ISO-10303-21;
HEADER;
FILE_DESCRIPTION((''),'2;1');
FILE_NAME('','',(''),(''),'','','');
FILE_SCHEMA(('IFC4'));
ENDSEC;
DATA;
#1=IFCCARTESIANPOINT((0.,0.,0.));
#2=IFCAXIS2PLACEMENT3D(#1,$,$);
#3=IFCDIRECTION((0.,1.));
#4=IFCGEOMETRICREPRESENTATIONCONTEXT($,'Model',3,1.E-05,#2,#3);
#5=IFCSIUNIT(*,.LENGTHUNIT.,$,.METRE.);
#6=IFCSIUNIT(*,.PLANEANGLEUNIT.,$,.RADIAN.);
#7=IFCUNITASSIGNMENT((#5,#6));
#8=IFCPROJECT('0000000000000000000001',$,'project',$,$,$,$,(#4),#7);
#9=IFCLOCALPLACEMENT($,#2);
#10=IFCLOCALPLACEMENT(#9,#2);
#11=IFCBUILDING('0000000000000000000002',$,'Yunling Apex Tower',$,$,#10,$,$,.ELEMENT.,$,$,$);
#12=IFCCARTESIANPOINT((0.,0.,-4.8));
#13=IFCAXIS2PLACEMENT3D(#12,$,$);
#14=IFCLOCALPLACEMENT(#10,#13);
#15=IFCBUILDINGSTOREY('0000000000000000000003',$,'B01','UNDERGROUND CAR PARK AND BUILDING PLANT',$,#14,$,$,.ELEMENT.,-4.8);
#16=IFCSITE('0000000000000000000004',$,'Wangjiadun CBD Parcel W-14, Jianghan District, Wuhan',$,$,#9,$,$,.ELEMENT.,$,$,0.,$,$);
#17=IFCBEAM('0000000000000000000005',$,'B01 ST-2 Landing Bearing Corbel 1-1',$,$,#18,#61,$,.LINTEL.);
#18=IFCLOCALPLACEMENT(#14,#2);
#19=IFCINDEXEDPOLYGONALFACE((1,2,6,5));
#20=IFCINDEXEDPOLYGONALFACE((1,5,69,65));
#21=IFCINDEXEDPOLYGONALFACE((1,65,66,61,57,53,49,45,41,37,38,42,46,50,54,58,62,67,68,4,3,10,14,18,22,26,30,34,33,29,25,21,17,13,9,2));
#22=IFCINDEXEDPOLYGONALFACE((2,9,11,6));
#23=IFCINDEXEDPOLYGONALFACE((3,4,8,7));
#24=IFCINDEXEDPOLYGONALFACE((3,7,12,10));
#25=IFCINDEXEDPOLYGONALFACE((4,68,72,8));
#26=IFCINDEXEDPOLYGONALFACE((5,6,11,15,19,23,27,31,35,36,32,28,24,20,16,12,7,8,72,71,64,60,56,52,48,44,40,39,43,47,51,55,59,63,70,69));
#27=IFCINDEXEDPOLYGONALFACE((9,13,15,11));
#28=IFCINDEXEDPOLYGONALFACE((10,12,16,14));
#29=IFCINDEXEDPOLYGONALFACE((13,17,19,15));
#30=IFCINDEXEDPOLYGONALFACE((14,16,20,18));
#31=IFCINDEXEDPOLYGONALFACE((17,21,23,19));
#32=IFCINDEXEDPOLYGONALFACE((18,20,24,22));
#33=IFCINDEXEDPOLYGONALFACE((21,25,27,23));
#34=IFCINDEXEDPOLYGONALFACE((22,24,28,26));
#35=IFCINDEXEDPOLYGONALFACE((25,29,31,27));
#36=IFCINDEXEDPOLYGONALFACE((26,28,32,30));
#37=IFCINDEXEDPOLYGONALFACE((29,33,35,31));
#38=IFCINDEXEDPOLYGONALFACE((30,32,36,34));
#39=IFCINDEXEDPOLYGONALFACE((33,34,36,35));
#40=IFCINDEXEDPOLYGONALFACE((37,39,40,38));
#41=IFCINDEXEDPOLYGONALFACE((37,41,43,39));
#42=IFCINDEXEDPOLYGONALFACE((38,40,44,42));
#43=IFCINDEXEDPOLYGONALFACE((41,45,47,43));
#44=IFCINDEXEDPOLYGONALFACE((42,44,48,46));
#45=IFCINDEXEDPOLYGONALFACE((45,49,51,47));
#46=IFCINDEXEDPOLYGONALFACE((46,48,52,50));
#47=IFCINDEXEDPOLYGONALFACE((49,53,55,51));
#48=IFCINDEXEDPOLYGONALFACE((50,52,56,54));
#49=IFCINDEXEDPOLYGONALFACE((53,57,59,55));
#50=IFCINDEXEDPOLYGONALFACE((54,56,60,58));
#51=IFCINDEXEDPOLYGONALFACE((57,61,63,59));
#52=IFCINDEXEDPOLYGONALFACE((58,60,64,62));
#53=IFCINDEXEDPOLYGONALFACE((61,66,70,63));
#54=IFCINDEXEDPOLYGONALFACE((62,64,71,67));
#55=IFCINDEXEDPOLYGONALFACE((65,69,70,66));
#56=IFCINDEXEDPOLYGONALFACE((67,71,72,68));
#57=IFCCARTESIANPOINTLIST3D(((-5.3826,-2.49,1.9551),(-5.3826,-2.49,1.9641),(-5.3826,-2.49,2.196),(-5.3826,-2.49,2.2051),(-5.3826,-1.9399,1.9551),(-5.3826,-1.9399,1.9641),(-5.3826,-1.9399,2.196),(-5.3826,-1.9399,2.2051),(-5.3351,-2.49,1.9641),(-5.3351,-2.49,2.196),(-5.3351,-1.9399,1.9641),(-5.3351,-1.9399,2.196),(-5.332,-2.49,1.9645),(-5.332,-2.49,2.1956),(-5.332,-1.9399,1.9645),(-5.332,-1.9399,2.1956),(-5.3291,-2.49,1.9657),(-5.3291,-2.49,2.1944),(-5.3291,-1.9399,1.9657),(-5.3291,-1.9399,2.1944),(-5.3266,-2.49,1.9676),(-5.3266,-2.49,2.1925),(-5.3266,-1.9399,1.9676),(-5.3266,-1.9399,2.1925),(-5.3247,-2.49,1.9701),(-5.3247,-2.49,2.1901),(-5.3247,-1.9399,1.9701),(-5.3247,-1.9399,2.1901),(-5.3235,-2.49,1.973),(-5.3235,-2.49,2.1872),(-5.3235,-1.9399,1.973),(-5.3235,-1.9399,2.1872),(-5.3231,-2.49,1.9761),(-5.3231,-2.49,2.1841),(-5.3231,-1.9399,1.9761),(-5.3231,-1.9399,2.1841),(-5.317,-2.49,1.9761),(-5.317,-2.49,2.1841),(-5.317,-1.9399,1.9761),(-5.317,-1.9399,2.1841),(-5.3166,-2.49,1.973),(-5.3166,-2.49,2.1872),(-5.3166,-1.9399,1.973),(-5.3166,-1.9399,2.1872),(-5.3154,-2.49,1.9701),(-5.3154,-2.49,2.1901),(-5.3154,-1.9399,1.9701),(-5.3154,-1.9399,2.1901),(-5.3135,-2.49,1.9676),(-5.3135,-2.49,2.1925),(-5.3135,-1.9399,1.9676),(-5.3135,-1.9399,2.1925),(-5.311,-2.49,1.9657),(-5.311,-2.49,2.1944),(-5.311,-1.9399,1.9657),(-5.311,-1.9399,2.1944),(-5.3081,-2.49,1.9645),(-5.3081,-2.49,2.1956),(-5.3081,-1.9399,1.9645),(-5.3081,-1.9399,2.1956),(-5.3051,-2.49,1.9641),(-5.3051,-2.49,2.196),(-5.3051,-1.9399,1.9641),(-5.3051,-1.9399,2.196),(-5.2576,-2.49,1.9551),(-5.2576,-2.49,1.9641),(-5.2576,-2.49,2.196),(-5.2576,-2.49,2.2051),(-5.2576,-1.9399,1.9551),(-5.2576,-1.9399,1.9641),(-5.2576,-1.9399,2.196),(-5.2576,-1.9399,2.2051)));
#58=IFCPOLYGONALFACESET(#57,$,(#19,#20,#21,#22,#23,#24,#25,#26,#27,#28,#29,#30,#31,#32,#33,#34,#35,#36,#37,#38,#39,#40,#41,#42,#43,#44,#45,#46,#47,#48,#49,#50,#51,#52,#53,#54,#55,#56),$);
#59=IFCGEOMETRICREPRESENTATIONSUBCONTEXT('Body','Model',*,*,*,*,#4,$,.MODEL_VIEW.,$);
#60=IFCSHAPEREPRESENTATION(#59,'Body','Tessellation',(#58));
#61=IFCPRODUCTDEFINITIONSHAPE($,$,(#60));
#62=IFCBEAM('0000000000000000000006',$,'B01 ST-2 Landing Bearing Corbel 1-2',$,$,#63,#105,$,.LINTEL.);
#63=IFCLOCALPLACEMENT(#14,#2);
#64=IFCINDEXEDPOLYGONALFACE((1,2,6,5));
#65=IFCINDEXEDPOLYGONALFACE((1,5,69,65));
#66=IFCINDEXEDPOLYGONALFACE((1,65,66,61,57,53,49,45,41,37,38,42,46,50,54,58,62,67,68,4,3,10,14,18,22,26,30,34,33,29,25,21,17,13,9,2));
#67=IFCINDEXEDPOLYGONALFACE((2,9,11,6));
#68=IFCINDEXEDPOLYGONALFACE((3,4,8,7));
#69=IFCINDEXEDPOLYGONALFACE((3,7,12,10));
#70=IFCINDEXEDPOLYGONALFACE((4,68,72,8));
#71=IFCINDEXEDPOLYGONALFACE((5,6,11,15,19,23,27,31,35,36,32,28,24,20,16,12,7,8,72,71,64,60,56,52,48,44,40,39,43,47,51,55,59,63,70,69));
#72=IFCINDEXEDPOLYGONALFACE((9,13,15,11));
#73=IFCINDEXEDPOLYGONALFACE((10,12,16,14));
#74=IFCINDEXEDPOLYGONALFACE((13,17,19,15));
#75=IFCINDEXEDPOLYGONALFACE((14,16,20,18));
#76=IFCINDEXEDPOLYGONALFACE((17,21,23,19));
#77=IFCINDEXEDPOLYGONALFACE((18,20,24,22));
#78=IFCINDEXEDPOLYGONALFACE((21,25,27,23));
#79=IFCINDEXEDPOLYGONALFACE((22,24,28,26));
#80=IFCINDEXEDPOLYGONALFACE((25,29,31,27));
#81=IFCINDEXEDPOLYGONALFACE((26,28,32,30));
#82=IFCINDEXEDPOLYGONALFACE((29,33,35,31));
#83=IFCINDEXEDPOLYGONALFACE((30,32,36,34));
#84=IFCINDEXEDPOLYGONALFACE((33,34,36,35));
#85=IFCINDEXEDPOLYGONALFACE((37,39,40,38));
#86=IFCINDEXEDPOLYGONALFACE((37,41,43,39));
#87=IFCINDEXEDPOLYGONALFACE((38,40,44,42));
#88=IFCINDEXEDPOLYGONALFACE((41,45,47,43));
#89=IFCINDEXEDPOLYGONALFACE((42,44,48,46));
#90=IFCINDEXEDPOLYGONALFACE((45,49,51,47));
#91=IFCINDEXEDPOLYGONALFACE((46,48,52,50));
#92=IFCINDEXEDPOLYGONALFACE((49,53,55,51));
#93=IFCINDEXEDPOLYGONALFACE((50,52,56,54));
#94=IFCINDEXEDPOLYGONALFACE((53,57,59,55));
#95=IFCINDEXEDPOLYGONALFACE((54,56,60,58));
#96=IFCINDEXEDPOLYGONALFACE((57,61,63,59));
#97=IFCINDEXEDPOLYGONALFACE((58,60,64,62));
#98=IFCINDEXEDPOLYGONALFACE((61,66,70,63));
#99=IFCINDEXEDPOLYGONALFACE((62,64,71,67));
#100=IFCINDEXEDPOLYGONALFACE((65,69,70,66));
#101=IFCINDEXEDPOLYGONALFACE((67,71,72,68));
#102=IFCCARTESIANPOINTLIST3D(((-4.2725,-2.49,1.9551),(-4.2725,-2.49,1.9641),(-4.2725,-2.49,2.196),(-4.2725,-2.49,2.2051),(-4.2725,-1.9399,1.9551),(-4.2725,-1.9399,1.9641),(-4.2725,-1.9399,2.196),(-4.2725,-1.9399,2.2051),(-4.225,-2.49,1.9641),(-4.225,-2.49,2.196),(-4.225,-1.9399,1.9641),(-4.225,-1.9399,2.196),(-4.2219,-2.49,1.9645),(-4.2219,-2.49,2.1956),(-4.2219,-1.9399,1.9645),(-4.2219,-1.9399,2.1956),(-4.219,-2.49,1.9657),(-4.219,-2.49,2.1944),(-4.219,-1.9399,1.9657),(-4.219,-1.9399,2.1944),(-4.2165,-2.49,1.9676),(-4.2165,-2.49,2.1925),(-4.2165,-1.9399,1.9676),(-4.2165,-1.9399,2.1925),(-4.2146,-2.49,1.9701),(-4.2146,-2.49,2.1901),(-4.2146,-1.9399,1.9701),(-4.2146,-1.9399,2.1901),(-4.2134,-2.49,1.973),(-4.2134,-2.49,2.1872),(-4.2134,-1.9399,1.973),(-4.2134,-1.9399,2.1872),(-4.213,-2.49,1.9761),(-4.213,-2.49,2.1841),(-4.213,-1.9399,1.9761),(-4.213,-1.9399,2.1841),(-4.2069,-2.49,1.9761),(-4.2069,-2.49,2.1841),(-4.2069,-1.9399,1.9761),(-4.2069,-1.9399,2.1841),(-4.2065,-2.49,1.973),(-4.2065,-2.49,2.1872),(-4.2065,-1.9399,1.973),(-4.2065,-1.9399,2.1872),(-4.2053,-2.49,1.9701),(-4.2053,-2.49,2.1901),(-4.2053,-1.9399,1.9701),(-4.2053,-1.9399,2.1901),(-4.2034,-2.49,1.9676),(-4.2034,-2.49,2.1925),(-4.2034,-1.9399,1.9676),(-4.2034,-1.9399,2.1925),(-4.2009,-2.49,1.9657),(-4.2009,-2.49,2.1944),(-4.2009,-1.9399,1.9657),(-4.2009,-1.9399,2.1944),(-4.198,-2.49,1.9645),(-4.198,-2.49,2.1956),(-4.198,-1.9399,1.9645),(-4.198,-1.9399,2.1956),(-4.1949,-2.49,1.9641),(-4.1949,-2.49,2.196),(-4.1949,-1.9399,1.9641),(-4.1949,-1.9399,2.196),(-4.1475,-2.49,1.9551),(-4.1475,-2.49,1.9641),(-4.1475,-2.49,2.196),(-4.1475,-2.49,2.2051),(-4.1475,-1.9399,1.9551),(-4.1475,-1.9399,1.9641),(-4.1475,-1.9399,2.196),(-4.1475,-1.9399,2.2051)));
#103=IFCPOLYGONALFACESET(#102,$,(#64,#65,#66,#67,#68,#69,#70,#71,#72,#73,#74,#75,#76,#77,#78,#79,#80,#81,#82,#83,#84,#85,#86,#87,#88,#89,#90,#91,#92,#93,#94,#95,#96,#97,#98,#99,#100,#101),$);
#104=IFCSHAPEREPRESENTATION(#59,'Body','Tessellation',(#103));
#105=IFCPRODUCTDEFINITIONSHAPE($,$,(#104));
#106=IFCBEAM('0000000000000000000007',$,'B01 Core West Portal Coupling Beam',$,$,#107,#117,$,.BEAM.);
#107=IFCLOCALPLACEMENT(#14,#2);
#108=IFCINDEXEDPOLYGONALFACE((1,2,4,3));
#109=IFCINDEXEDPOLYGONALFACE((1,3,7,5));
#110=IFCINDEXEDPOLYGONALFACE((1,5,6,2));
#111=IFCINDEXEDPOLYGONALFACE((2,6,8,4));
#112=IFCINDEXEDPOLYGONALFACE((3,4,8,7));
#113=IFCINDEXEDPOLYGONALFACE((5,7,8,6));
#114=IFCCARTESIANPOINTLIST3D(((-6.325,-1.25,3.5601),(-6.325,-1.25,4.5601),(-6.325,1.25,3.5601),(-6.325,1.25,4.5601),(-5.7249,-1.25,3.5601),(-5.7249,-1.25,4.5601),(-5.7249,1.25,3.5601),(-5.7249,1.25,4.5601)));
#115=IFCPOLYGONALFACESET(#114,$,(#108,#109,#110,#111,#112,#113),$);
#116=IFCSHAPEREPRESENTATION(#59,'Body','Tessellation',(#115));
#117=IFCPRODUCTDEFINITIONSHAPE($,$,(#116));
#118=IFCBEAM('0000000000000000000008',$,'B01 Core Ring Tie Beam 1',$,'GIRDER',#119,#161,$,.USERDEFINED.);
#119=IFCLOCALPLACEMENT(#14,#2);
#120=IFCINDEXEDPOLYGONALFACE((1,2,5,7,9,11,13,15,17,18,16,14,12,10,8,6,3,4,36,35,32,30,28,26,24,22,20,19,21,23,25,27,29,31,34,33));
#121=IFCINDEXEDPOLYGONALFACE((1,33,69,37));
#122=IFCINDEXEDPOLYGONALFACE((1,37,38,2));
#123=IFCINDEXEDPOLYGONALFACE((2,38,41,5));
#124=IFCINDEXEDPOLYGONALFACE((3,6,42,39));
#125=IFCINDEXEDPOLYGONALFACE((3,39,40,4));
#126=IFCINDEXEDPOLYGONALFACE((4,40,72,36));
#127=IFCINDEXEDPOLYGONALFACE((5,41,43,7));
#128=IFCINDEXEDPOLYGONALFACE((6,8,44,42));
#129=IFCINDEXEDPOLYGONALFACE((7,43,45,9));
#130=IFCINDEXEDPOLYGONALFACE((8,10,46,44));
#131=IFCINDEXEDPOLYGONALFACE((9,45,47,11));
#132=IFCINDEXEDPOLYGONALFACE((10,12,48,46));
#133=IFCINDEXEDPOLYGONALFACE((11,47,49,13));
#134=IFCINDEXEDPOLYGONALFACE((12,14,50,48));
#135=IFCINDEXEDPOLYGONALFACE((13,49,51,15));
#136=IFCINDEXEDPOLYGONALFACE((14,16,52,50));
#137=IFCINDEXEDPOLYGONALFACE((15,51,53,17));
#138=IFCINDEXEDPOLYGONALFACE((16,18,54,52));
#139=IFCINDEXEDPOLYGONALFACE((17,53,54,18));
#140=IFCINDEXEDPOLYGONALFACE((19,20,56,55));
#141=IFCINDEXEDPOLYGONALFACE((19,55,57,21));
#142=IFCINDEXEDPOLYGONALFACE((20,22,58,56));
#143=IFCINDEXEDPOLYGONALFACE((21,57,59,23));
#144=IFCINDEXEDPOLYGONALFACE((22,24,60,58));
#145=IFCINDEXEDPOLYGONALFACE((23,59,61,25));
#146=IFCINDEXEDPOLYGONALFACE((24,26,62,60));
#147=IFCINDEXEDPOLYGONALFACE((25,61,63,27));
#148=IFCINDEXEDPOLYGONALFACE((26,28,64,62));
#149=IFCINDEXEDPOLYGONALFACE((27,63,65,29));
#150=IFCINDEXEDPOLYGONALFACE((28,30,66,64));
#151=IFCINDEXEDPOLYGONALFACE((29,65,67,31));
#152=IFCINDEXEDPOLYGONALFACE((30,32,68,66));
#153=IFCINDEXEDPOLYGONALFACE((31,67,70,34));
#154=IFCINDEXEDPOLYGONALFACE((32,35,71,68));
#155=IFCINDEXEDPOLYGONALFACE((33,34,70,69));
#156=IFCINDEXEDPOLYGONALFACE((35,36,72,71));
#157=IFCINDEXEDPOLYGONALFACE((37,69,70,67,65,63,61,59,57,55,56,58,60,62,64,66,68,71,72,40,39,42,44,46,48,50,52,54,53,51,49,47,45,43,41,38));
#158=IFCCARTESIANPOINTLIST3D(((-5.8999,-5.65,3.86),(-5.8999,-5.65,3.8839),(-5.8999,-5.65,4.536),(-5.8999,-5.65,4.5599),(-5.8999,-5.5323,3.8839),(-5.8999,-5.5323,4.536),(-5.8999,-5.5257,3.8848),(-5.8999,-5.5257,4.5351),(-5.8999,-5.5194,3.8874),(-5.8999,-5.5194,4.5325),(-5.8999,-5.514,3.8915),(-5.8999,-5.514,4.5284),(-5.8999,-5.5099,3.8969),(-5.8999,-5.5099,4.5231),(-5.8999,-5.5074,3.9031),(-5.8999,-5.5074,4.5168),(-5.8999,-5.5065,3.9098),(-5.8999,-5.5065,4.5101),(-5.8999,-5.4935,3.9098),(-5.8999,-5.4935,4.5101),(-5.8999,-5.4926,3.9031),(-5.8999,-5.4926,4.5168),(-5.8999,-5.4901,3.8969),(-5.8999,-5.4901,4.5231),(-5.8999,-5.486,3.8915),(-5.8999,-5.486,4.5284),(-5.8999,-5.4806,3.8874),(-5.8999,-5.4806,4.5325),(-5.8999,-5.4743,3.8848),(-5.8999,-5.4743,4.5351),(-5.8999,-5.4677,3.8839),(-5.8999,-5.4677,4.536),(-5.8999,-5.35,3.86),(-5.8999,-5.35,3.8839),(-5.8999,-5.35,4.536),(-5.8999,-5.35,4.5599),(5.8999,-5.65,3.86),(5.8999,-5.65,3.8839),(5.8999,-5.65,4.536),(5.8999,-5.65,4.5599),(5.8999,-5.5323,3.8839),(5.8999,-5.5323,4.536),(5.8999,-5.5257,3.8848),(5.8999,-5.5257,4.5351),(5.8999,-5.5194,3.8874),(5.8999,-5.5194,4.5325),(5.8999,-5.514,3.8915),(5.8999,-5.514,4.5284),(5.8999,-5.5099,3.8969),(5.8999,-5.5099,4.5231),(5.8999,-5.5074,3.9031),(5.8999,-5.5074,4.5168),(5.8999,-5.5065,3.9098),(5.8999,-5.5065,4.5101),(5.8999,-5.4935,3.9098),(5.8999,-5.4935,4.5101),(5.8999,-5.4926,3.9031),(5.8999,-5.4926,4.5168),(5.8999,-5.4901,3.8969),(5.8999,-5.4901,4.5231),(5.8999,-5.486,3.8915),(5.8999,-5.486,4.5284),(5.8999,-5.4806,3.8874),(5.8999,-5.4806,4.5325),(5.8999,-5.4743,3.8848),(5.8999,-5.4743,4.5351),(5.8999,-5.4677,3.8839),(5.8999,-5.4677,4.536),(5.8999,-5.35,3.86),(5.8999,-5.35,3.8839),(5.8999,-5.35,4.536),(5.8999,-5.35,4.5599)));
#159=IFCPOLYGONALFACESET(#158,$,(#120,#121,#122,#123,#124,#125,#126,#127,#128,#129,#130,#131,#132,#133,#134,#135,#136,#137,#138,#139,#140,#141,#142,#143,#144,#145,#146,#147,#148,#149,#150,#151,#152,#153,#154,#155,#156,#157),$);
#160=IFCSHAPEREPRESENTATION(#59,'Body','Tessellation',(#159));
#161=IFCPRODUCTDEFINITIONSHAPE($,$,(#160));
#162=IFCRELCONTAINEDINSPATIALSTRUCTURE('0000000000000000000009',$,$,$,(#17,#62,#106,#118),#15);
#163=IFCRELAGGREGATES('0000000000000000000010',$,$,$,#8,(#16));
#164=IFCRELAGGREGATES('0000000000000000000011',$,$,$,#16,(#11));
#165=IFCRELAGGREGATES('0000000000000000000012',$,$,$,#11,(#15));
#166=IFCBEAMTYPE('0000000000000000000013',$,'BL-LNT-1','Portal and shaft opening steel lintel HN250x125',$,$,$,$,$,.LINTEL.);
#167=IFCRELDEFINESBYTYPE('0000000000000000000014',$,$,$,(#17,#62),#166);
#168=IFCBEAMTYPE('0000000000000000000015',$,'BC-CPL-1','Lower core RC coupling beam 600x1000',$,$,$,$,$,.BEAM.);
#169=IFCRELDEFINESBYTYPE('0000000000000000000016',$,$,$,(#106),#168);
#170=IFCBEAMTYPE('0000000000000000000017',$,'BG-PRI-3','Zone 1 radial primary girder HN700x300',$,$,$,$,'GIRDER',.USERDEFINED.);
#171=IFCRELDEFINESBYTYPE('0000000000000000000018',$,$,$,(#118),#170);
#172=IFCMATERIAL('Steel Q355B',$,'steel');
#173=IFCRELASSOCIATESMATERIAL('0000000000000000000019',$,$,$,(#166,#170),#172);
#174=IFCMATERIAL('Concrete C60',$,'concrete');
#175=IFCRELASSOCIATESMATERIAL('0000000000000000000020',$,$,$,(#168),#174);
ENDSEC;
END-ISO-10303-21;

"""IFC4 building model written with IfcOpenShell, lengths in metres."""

from ifc_helpers import new_model, si_unit, direction, frame, origin, origin_2d, place, context, subcontext, project, spatial, rectangle, i_section, extrude, source, transform, mapped, material, material_profile, profile_set, type_object, element, save


model = new_model("IFC4")

# Units and contexts
model_context = context("Model", 3, precision=1e-05, world=origin(), true_north=direction((0.0, 1.0)))
body_context = subcontext(model_context, "Body", "Model", "MODEL_VIEW")
ifc_project = project(units=[si_unit("LENGTHUNIT", "METRE"), si_unit("PLANEANGLEUNIT", "RADIAN")], contexts=[model_context])

# Site, building, storey
site_placement = place(None, origin())
site = spatial("IfcSite", under=ifc_project, at=site_placement, Name="Wangjiadun CBD Parcel W-14, Jianghan District, Wuhan", CompositionType="ELEMENT", RefElevation=0.0)
building_placement = place(site_placement, origin())
building = spatial("IfcBuilding", under=site, at=building_placement, Name="Yunling Apex Tower", CompositionType="ELEMENT")
storey_placement = place(building_placement, frame((0.0, 0.0, -4.8)))
storey = spatial("IfcBuildingStorey", under=building, at=storey_placement, Name="B01", Description="UNDERGROUND CAR PARK AND BUILDING PLANT", CompositionType="ELEMENT", Elevation=-4.8)

# Shared definitions
ifc_material_1 = material(Name="Concrete C60", Category="concrete")

# Beams
ifc_material_2 = material(Name="Steel Q355B", Category="steel")
ifc_material_profile_1 = material_profile(ifc_material_2, i_section(OverallWidth=0.125, OverallDepth=0.25, WebThickness=0.0061, FlangeThickness=0.009, FilletRadius=0.012, at=origin_2d()))
ifc_profile_set_1 = profile_set([ifc_material_profile_1], Name="Steel Q355B")
beam_type_1 = type_object("IfcBeamType", Name="BL-LNT-1", Description="Portal and shaft opening steel lintel HN250x125", PredefinedType="LINTEL", material=ifc_profile_set_1)
shared_shape_1 = source(origin(), body_context, "Body", "SweptSolid", [
    extrude(i_section(OverallWidth=0.125, OverallDepth=0.25, WebThickness=0.0061, FlangeThickness=0.009, FilletRadius=0.012, at=origin_2d()), origin(), (0.0, 0.0, 1.0), 0.55),
])
for number, where, z_axis, x_axis, name in (
    (1, (-5.3201, -1.9399, 2.0801), (0.0, -1.0, 0.0), (1.0, 0.0, 0.0), "B01 ST-2 Landing Bearing Corbel 1-1"),
    (2, (-4.21, -1.9399, 2.0801), (0.0, -1.0, 0.0), (1.0, 0.0, 0.0), "B01 ST-2 Landing Bearing Corbel 1-2"),
):
    element("IfcBeam", number, at=place(storey_placement, frame(where, z_axis=z_axis, x_axis=x_axis)), inside=storey, type_object=beam_type_1, Name=name, PredefinedType="LINTEL", context=body_context, shape_type="MappedRepresentation", body=[
        mapped(shared_shape_1, transform((0.0, 0.0, 0.0), scale=1.0)),
    ])
ifc_material_profile_2 = material_profile(ifc_material_1, rectangle(XDim=0.6001, YDim=1.0, at=origin_2d()))
ifc_profile_set_2 = profile_set([ifc_material_profile_2], Name="Concrete C60")
beam_type_2 = type_object("IfcBeamType", Name="BC-CPL-1", Description="Lower core RC coupling beam 600x1000", PredefinedType="BEAM", material=ifc_profile_set_2)
shared_shape_2 = source(origin(), body_context, "Body", "SweptSolid", [
    extrude(rectangle(XDim=0.6001, YDim=1.0, at=origin_2d()), origin(), (0.0, 0.0, 1.0), 2.5),
])
beam_1_placement = place(storey_placement, frame((-6.0249, -1.25, 4.0601), z_axis=(0.0, 1.0, 0.0), x_axis=(-1.0, 0.0, 0.0)))
element("IfcBeam", 3, at=beam_1_placement, inside=storey, type_object=beam_type_2, Name="B01 Core West Portal Coupling Beam", PredefinedType="BEAM", context=body_context, shape_type="MappedRepresentation", body=[
    mapped(shared_shape_2, transform((0.0, 0.0, 0.0), scale=1.0)),
])
ifc_material_profile_3 = material_profile(ifc_material_2, i_section(OverallWidth=0.3, OverallDepth=0.7, WebThickness=0.0129, FlangeThickness=0.0239, FilletRadius=0.0259, at=origin_2d()))
ifc_profile_set_3 = profile_set([ifc_material_profile_3], Name="Steel Q355B")
beam_type_3 = type_object("IfcBeamType", Name="BG-PRI-3", Description="Zone 1 radial primary girder HN700x300", ElementType="GIRDER", PredefinedType="USERDEFINED", material=ifc_profile_set_3)
shared_shape_3 = source(origin(), body_context, "Body", "SweptSolid", [
    extrude(i_section(OverallWidth=0.3, OverallDepth=0.7, WebThickness=0.0129, FlangeThickness=0.0239, FilletRadius=0.0259, at=origin_2d()), origin(), (0.0, 0.0, 1.0), 11.7998),
])
beam_2_placement = place(storey_placement, frame((-5.8999, -5.5, 4.21), z_axis=(1.0, 0.0, 0.0), x_axis=(0.0, 1.0, 0.0)))
element("IfcBeam", 4, at=beam_2_placement, inside=storey, type_object=beam_type_3, Name="B01 Core Ring Tie Beam 1", ObjectType="GIRDER", PredefinedType="USERDEFINED", context=body_context, shape_type="MappedRepresentation", body=[
    mapped(shared_shape_3, transform((0.0, 0.0, 0.0), scale=1.0)),
])

save(model, "model.ifc")
